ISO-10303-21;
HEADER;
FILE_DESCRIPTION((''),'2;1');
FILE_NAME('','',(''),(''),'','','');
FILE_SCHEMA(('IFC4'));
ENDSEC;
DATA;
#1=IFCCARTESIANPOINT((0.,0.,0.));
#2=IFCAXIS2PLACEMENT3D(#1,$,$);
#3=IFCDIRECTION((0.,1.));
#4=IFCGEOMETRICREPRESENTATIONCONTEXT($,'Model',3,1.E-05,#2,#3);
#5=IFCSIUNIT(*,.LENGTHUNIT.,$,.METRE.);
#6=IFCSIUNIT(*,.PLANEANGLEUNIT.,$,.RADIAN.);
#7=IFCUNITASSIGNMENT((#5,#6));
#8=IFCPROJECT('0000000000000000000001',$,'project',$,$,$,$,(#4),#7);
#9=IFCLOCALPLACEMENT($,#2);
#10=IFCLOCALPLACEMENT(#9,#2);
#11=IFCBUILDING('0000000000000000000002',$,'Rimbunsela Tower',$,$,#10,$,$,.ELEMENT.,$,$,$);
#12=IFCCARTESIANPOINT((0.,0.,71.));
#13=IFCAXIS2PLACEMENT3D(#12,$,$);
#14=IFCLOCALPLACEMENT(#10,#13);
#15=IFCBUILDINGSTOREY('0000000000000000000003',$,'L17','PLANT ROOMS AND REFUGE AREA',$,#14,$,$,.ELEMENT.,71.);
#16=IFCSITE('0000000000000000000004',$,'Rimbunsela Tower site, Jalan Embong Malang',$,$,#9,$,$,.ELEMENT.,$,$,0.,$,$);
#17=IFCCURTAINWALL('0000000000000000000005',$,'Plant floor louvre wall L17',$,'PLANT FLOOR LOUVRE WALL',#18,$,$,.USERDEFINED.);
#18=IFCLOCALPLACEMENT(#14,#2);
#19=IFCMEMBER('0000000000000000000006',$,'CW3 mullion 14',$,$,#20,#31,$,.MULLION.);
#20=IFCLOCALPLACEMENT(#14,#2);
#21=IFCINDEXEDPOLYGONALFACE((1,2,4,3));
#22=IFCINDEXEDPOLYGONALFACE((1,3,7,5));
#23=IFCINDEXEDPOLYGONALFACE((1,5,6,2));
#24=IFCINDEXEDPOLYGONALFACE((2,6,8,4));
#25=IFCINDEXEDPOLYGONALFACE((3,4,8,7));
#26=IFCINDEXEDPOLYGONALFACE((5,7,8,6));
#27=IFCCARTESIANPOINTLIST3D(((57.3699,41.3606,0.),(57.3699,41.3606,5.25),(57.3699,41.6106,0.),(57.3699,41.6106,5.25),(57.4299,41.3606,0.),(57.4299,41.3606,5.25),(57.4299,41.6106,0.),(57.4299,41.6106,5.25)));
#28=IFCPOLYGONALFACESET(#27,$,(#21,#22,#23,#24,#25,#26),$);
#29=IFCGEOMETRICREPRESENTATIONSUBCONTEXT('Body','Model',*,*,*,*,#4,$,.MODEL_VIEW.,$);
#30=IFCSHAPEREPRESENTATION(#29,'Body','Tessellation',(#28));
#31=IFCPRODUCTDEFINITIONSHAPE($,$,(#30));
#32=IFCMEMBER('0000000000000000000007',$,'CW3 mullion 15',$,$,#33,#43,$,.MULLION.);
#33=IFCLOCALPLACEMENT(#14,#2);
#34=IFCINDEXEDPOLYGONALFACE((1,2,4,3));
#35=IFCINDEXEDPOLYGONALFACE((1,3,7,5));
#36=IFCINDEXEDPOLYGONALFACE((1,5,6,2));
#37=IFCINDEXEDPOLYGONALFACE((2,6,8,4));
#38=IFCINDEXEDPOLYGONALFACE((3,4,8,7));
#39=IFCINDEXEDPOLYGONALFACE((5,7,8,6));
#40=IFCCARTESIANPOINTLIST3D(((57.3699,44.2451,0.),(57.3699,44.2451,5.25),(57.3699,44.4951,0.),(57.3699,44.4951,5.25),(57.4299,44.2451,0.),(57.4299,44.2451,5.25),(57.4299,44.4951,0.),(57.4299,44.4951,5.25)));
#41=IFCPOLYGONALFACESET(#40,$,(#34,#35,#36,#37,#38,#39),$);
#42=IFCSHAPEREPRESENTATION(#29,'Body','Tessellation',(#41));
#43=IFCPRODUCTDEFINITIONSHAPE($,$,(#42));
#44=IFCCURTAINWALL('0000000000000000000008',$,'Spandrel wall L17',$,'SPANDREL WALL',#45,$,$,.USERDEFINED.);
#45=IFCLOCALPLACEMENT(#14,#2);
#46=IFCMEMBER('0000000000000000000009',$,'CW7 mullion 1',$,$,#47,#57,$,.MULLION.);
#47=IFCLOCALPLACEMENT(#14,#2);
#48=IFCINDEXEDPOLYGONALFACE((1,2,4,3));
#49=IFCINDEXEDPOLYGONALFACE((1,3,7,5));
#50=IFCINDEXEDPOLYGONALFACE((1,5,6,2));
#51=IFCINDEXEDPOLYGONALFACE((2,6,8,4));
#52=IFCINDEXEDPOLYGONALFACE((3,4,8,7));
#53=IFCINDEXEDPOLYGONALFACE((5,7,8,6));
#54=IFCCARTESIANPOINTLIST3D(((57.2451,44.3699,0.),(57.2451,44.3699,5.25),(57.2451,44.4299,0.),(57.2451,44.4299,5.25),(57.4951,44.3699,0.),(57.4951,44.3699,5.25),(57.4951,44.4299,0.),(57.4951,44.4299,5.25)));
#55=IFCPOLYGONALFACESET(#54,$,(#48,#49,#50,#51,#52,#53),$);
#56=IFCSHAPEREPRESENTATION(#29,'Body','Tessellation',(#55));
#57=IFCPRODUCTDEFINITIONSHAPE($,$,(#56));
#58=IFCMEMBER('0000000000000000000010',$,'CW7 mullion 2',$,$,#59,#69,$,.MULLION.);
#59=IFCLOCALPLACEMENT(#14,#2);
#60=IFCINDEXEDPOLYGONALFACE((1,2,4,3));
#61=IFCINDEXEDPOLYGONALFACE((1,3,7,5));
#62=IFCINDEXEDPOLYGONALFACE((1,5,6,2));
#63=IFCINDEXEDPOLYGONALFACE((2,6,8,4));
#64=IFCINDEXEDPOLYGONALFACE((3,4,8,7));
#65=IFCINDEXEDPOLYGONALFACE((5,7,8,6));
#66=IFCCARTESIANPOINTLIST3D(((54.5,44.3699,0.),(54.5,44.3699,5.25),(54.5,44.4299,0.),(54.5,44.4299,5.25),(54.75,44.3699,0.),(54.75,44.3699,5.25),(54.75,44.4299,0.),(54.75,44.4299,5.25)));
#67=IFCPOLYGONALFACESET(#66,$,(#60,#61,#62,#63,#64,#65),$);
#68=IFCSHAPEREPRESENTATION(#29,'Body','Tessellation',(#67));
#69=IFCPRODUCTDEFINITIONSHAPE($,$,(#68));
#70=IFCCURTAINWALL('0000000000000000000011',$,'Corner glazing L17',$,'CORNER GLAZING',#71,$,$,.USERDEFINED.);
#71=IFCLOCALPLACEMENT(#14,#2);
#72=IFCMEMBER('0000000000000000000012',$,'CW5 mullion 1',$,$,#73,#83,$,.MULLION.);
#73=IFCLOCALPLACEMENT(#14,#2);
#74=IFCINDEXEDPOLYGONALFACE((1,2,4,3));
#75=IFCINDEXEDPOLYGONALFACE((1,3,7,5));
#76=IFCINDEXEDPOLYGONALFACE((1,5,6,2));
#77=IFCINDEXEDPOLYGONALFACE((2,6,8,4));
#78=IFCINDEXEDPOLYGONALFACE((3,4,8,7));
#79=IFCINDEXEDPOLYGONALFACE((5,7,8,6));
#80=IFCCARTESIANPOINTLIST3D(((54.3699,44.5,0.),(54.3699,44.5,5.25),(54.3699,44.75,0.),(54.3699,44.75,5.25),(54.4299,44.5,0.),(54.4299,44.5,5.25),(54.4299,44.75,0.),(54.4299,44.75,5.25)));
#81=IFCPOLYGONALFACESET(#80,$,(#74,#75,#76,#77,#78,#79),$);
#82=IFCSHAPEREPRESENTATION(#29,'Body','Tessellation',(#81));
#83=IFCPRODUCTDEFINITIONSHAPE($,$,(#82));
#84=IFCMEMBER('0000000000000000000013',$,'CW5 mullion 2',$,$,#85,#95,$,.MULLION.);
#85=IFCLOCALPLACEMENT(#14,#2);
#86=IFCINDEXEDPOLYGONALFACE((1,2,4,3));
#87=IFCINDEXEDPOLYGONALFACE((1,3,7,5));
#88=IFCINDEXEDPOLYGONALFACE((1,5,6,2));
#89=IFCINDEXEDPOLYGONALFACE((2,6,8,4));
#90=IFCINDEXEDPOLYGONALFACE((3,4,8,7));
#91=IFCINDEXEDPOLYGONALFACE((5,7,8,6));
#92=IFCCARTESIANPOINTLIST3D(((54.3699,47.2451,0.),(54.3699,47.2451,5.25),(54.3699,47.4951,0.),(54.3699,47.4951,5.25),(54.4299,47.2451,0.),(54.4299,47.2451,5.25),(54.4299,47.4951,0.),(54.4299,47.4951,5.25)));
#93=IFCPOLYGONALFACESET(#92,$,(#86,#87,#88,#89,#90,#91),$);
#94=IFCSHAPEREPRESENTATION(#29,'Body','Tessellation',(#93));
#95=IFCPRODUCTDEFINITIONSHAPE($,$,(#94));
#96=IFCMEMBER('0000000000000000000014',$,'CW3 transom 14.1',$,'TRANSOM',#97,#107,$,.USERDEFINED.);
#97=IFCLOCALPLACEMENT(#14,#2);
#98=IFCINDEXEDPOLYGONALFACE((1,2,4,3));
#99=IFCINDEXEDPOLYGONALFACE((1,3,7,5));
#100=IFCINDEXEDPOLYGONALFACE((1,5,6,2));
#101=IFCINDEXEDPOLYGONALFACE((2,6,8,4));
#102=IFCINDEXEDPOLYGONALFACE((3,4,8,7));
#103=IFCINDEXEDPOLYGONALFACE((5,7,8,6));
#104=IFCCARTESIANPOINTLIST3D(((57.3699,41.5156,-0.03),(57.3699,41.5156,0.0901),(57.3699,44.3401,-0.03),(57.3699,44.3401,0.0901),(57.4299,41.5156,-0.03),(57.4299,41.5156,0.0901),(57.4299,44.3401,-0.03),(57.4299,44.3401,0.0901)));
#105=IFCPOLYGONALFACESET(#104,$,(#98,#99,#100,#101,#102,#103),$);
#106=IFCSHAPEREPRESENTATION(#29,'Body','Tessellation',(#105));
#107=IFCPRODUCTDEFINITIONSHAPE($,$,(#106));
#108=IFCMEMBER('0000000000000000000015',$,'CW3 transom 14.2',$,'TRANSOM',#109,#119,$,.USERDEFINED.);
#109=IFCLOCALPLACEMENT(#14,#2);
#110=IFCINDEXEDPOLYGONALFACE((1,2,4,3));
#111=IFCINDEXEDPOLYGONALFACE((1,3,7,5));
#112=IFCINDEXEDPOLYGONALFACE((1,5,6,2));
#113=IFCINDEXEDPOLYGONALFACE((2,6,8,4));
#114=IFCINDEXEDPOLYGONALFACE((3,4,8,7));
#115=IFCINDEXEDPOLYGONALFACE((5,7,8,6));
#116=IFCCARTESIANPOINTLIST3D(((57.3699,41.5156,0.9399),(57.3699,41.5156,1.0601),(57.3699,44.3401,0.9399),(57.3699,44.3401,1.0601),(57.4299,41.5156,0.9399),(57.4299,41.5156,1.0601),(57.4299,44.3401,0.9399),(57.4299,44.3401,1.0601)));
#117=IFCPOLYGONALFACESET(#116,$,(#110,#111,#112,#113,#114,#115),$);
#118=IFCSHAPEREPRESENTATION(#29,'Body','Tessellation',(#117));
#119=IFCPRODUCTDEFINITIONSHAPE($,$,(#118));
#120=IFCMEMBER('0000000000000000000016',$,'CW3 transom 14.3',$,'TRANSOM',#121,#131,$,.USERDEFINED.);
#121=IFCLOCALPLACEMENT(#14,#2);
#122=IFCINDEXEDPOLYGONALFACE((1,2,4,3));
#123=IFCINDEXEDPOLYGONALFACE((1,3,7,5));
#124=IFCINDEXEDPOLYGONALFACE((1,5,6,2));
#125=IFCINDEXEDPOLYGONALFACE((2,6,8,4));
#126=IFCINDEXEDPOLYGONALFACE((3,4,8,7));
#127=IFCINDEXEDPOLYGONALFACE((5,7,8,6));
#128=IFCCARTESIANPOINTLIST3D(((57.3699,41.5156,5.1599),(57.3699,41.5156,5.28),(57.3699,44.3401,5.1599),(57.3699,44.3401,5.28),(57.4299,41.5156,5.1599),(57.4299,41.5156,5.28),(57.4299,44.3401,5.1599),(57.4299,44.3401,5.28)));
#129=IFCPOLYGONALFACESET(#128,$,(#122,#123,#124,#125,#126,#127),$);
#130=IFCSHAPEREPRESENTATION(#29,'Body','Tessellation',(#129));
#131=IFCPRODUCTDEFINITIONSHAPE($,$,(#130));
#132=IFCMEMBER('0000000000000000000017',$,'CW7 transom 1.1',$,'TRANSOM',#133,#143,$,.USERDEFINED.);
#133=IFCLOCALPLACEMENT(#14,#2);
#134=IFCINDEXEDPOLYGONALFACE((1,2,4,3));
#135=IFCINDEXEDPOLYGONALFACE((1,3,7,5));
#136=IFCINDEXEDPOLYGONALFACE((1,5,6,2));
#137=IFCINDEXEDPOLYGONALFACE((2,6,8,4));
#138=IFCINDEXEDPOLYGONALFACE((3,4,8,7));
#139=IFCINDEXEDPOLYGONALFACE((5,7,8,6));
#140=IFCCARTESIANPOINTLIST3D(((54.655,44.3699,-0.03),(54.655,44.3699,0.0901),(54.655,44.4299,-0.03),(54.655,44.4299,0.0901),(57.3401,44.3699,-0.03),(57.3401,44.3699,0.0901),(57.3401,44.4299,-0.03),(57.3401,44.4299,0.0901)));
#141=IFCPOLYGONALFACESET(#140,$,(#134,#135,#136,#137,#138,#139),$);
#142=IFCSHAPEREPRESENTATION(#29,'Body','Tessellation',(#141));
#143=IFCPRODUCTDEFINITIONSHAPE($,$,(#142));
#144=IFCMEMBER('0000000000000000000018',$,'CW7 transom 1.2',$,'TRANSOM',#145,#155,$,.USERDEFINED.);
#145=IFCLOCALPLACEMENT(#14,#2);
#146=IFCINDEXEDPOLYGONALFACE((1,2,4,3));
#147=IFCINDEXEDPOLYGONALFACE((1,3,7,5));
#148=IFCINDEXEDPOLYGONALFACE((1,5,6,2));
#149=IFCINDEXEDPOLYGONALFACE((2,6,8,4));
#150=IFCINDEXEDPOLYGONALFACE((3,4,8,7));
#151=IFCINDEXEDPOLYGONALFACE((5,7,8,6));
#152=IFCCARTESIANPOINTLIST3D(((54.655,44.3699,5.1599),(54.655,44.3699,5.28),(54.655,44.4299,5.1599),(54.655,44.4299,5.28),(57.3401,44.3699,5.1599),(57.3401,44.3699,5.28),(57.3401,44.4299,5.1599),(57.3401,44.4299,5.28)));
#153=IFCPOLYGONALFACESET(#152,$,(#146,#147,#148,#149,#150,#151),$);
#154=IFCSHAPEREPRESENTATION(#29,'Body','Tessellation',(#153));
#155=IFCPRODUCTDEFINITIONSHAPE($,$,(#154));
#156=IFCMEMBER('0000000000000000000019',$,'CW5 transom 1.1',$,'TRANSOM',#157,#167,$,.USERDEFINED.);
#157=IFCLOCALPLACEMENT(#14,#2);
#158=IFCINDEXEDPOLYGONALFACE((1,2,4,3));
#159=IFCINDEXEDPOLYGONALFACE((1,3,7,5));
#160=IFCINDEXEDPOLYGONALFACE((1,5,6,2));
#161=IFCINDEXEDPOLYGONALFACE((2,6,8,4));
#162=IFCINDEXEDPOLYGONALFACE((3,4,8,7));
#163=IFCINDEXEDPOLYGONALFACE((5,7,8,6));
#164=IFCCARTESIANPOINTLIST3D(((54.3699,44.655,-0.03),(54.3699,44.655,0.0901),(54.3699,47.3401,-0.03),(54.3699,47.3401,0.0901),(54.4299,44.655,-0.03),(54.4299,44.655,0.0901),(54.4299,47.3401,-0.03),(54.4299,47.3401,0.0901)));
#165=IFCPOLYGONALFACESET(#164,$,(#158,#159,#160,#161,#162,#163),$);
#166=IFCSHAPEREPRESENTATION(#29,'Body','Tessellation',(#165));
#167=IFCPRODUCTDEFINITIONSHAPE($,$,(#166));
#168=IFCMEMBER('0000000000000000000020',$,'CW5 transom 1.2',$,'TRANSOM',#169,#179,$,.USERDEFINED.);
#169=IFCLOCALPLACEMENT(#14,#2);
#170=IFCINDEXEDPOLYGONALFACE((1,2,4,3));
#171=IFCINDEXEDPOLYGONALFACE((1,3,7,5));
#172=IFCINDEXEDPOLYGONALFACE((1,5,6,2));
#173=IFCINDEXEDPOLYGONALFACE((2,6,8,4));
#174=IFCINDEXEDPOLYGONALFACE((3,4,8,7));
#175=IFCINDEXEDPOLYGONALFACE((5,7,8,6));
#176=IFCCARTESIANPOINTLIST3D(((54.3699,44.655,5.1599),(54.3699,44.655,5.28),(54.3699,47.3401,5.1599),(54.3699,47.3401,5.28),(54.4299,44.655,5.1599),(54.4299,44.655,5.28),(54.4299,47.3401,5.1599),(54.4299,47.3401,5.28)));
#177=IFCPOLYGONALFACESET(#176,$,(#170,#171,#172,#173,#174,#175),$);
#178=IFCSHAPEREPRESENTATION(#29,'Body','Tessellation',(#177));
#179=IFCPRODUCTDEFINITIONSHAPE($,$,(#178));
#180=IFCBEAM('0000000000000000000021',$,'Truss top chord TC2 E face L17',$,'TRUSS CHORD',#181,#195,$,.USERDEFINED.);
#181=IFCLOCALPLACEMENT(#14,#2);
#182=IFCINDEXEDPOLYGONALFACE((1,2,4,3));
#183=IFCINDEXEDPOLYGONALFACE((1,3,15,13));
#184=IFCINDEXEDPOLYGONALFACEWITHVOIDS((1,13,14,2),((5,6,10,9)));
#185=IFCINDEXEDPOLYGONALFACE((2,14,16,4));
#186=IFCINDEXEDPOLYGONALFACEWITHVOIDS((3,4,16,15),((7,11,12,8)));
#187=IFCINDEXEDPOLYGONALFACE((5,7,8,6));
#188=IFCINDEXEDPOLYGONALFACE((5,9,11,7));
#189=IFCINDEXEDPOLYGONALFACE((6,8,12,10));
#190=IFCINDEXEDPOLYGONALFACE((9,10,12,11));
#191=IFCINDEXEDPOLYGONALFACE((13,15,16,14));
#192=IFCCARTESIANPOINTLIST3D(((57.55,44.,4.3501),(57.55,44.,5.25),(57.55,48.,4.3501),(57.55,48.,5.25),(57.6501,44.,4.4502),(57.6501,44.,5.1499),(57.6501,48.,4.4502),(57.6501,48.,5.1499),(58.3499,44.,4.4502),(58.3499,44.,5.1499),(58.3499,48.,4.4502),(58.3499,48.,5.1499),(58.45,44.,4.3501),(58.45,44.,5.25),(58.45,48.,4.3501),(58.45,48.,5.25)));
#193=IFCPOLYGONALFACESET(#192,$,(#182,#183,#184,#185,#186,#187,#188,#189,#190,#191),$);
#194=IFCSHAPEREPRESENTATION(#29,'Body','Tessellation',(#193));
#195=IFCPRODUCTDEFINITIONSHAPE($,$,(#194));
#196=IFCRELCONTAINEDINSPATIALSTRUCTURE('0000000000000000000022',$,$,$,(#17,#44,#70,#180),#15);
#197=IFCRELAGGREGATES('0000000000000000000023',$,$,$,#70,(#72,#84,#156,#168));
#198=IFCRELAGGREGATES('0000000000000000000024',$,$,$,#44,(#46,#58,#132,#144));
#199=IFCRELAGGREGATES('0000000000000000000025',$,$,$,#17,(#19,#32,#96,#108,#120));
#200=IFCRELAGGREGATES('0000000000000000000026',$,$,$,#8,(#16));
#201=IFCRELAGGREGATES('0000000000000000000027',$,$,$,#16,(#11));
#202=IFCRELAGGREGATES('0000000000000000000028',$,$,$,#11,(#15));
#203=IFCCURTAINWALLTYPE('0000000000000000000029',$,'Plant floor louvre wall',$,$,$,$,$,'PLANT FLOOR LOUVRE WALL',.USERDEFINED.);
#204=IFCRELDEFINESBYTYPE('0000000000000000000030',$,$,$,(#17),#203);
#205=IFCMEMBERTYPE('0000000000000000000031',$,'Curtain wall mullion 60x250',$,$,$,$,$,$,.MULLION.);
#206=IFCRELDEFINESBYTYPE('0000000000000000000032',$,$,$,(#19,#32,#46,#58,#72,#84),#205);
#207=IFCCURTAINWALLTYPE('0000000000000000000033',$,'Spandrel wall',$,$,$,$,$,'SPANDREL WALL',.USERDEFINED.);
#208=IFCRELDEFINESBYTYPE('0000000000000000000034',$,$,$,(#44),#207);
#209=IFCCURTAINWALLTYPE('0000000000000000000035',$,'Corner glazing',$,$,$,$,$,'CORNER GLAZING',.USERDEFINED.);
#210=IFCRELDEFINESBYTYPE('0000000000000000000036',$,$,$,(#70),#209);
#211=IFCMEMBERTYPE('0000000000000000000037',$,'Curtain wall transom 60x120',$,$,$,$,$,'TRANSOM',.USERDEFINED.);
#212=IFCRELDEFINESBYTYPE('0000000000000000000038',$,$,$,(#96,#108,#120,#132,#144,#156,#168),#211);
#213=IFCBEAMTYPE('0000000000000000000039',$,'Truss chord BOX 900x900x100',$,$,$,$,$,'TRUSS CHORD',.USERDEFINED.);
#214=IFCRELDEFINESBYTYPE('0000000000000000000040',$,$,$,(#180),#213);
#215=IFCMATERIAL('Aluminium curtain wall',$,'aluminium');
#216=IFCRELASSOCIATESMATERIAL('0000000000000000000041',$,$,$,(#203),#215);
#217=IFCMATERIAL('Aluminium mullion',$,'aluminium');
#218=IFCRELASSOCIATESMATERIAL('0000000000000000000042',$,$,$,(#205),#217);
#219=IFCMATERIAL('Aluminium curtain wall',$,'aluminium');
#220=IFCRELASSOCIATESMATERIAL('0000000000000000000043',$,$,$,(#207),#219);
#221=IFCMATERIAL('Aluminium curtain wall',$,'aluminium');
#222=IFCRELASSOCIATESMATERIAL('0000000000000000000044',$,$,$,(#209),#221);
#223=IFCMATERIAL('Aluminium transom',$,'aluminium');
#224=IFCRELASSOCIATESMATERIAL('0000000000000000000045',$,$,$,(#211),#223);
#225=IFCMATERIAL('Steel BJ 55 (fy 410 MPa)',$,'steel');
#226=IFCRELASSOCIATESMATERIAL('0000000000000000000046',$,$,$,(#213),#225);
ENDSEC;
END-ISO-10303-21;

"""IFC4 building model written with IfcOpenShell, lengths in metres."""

from ifc_helpers import new_model, si_unit, direction, frame, origin, origin_2d, place, context, subcontext, project, spatial, rectangle, hollow_rectangle, extrude, material, material_profile, profile_set, type_object, element, aggregate, save


model = new_model("IFC4")

# Units and contexts
model_context = context("Model", 3, precision=1e-05, world=origin(), true_north=direction((0.0, 1.0)))
body_context = subcontext(model_context, "Body", "Model", "MODEL_VIEW")
ifc_project = project(units=[si_unit("LENGTHUNIT", "METRE"), si_unit("PLANEANGLEUNIT", "RADIAN")], contexts=[model_context])

# Site, building, storey
site_placement = place(None, origin())
site = spatial("IfcSite", under=ifc_project, at=site_placement, Name="Rimbunsela Tower site, Jalan Embong Malang", CompositionType="ELEMENT", RefElevation=0.0)
building_placement = place(site_placement, origin())
building = spatial("IfcBuilding", under=site, at=building_placement, Name="Rimbunsela Tower", CompositionType="ELEMENT")
storey_placement = place(building_placement, frame((0.0, 0.0, 71.0)))
storey = spatial("IfcBuildingStorey", under=building, at=storey_placement, Name="L17", Description="PLANT ROOMS AND REFUGE AREA", CompositionType="ELEMENT", Elevation=71.0)

# Curtain walls, members
ifc_material_1 = material(Name="Aluminium curtain wall", Category="aluminium")
curtain_wall_type_1 = type_object("IfcCurtainWallType", Name="Plant floor louvre wall", ElementType="PLANT FLOOR LOUVRE WALL", PredefinedType="USERDEFINED", material=ifc_material_1)
curtain_wall_1_placement = place(storey_placement, origin())
curtain_wall_1 = element("IfcCurtainWall", 1, at=curtain_wall_1_placement, inside=storey, type_object=curtain_wall_type_1, Name="Plant floor louvre wall L17", ObjectType="PLANT FLOOR LOUVRE WALL", PredefinedType="USERDEFINED")
ifc_material_2 = material(Name="Aluminium mullion", Category="aluminium")
ifc_material_profile_1 = material_profile(ifc_material_2, rectangle(XDim=0.0601, YDim=0.25, at=origin_2d()), Name="Mullion 60x250")
ifc_profile_set_1 = profile_set([ifc_material_profile_1], Name="Aluminium mullion")
member_type_1 = type_object("IfcMemberType", Name="Curtain wall mullion 60x250", PredefinedType="MULLION", material=ifc_profile_set_1)
member_1_placement = place(storey_placement, frame((57.3999, 41.4856, 0.0), z_axis=(0.0, 0.0, 1.0), x_axis=(-1.0, 0.0, 0.0)))
member_1 = element("IfcMember", 2, at=member_1_placement, type_object=member_type_1, Name="CW3 mullion 14", PredefinedType="MULLION", context=body_context, shape_type="SweptSolid", body=[
    extrude(rectangle(XDim=0.0601, YDim=0.25, at=origin_2d()), origin(), (0.0, 0.0, 1.0), 5.25),
])
member_2_placement = place(storey_placement, frame((57.3999, 44.3701, 0.0), z_axis=(0.0, 0.0, 1.0), x_axis=(-1.0, 0.0, 0.0)))
member_2 = element("IfcMember", 3, at=member_2_placement, type_object=member_type_1, Name="CW3 mullion 15", PredefinedType="MULLION", context=body_context, shape_type="SweptSolid", body=[
    extrude(rectangle(XDim=0.0601, YDim=0.25, at=origin_2d()), origin(), (0.0, 0.0, 1.0), 5.25),
])
ifc_material_3 = material(Name="Aluminium curtain wall", Category="aluminium")
curtain_wall_type_2 = type_object("IfcCurtainWallType", Name="Spandrel wall", ElementType="SPANDREL WALL", PredefinedType="USERDEFINED", material=ifc_material_3)
curtain_wall_2_placement = place(storey_placement, origin())
curtain_wall_2 = element("IfcCurtainWall", 4, at=curtain_wall_2_placement, inside=storey, type_object=curtain_wall_type_2, Name="Spandrel wall L17", ObjectType="SPANDREL WALL", PredefinedType="USERDEFINED")
member_3_placement = place(storey_placement, frame((57.3701, 44.3999, 0.0), z_axis=(0.0, 0.0, 1.0), x_axis=(0.0, -1.0, 0.0)))
member_3 = element("IfcMember", 5, at=member_3_placement, type_object=member_type_1, Name="CW7 mullion 1", PredefinedType="MULLION", context=body_context, shape_type="SweptSolid", body=[
    extrude(rectangle(XDim=0.0601, YDim=0.25, at=origin_2d()), origin(), (0.0, 0.0, 1.0), 5.25),
])
member_4_placement = place(storey_placement, frame((54.625, 44.3999, 0.0), z_axis=(0.0, 0.0, 1.0), x_axis=(0.0, -1.0, 0.0)))
member_4 = element("IfcMember", 6, at=member_4_placement, type_object=member_type_1, Name="CW7 mullion 2", PredefinedType="MULLION", context=body_context, shape_type="SweptSolid", body=[
    extrude(rectangle(XDim=0.0601, YDim=0.25, at=origin_2d()), origin(), (0.0, 0.0, 1.0), 5.25),
])
ifc_material_4 = material(Name="Aluminium curtain wall", Category="aluminium")
curtain_wall_type_3 = type_object("IfcCurtainWallType", Name="Corner glazing", ElementType="CORNER GLAZING", PredefinedType="USERDEFINED", material=ifc_material_4)
curtain_wall_3_placement = place(storey_placement, origin())
curtain_wall_3 = element("IfcCurtainWall", 7, at=curtain_wall_3_placement, inside=storey, type_object=curtain_wall_type_3, Name="Corner glazing L17", ObjectType="CORNER GLAZING", PredefinedType="USERDEFINED")
member_5_placement = place(storey_placement, frame((54.3999, 44.625, 0.0), z_axis=(0.0, 0.0, 1.0), x_axis=(-1.0, 0.0, 0.0)))
member_5 = element("IfcMember", 8, at=member_5_placement, type_object=member_type_1, Name="CW5 mullion 1", PredefinedType="MULLION", context=body_context, shape_type="SweptSolid", body=[
    extrude(rectangle(XDim=0.0601, YDim=0.25, at=origin_2d()), origin(), (0.0, 0.0, 1.0), 5.25),
])
member_6_placement = place(storey_placement, frame((54.3999, 47.3701, 0.0), z_axis=(0.0, 0.0, 1.0), x_axis=(-1.0, 0.0, 0.0)))
member_6 = element("IfcMember", 9, at=member_6_placement, type_object=member_type_1, Name="CW5 mullion 2", PredefinedType="MULLION", context=body_context, shape_type="SweptSolid", body=[
    extrude(rectangle(XDim=0.0601, YDim=0.25, at=origin_2d()), origin(), (0.0, 0.0, 1.0), 5.25),
])

# Members
ifc_material_5 = material(Name="Aluminium transom", Category="aluminium")
ifc_material_profile_2 = material_profile(ifc_material_5, rectangle(XDim=0.0601, YDim=0.1201, at=origin_2d()), Name="Transom 60x120")
ifc_profile_set_2 = profile_set([ifc_material_profile_2], Name="Aluminium transom")
member_type_2 = type_object("IfcMemberType", Name="Curtain wall transom 60x120", ElementType="TRANSOM", PredefinedType="USERDEFINED", material=ifc_profile_set_2)
member_7_placement = place(storey_placement, frame((57.3999, 41.5156, 0.03), z_axis=(0.0, 1.0, 0.0), x_axis=(-1.0, 0.0, 0.0)))
member_7 = element("IfcMember", 10, at=member_7_placement, type_object=member_type_2, Name="CW3 transom 14.1", ObjectType="TRANSOM", PredefinedType="USERDEFINED", context=body_context, shape_type="SweptSolid", body=[
    extrude(rectangle(XDim=0.0601, YDim=0.1201, at=origin_2d()), origin(), (0.0, 0.0, 1.0), 2.8245),
])
member_8_placement = place(storey_placement, frame((57.3999, 41.5156, 1.0), z_axis=(0.0, 1.0, 0.0), x_axis=(-1.0, 0.0, 0.0)))
member_8 = element("IfcMember", 11, at=member_8_placement, type_object=member_type_2, Name="CW3 transom 14.2", ObjectType="TRANSOM", PredefinedType="USERDEFINED", context=body_context, shape_type="SweptSolid", body=[
    extrude(rectangle(XDim=0.0601, YDim=0.1201, at=origin_2d()), origin(), (0.0, 0.0, 1.0), 2.8245),
])
member_9_placement = place(storey_placement, frame((57.3999, 41.5156, 5.22), z_axis=(0.0, 1.0, 0.0), x_axis=(-1.0, 0.0, 0.0)))
member_9 = element("IfcMember", 12, at=member_9_placement, type_object=member_type_2, Name="CW3 transom 14.3", ObjectType="TRANSOM", PredefinedType="USERDEFINED", context=body_context, shape_type="SweptSolid", body=[
    extrude(rectangle(XDim=0.0601, YDim=0.1201, at=origin_2d()), origin(), (0.0, 0.0, 1.0), 2.8245),
])
member_10_placement = place(storey_placement, frame((57.3401, 44.3999, 0.03), z_axis=(-1.0, 0.0, 0.0), x_axis=(0.0, -1.0, 0.0)))
member_10 = element("IfcMember", 13, at=member_10_placement, type_object=member_type_2, Name="CW7 transom 1.1", ObjectType="TRANSOM", PredefinedType="USERDEFINED", context=body_context, shape_type="SweptSolid", body=[
    extrude(rectangle(XDim=0.0601, YDim=0.1201, at=origin_2d()), origin(), (0.0, 0.0, 1.0), 2.6851),
])
member_11_placement = place(storey_placement, frame((57.3401, 44.3999, 5.22), z_axis=(-1.0, 0.0, 0.0), x_axis=(0.0, -1.0, 0.0)))
member_11 = element("IfcMember", 14, at=member_11_placement, type_object=member_type_2, Name="CW7 transom 1.2", ObjectType="TRANSOM", PredefinedType="USERDEFINED", context=body_context, shape_type="SweptSolid", body=[
    extrude(rectangle(XDim=0.0601, YDim=0.1201, at=origin_2d()), origin(), (0.0, 0.0, 1.0), 2.6851),
])
member_12_placement = place(storey_placement, frame((54.3999, 44.655, 0.03), z_axis=(0.0, 1.0, 0.0), x_axis=(-1.0, 0.0, 0.0)))
member_12 = element("IfcMember", 15, at=member_12_placement, type_object=member_type_2, Name="CW5 transom 1.1", ObjectType="TRANSOM", PredefinedType="USERDEFINED", context=body_context, shape_type="SweptSolid", body=[
    extrude(rectangle(XDim=0.0601, YDim=0.1201, at=origin_2d()), origin(), (0.0, 0.0, 1.0), 2.6851),
])
member_13_placement = place(storey_placement, frame((54.3999, 44.655, 5.22), z_axis=(0.0, 1.0, 0.0), x_axis=(-1.0, 0.0, 0.0)))
member_13 = element("IfcMember", 16, at=member_13_placement, type_object=member_type_2, Name="CW5 transom 1.2", ObjectType="TRANSOM", PredefinedType="USERDEFINED", context=body_context, shape_type="SweptSolid", body=[
    extrude(rectangle(XDim=0.0601, YDim=0.1201, at=origin_2d()), origin(), (0.0, 0.0, 1.0), 2.6851),
])

# Beam
ifc_material_6 = material(Name="Steel BJ 55 (fy 410 MPa)", Category="steel")
ifc_material_profile_3 = material_profile(ifc_material_6, hollow_rectangle(XDim=0.8999, YDim=0.8999, WallThickness=0.1001, at=origin_2d()), Name="BOX 900x900x100")
ifc_profile_set_3 = profile_set([ifc_material_profile_3], Name="Steel BJ 55 (fy 410 MPa)")
beam_type = type_object("IfcBeamType", Name="Truss chord BOX 900x900x100", ElementType="TRUSS CHORD", PredefinedType="USERDEFINED", material=ifc_profile_set_3)
for number, where, z_axis, x_axis, name in (
    (17, (58.0, 44.0, 4.8), (0.0, 1.0, 0.0), (-1.0, 0.0, 0.0), "Truss top chord TC2 E face L17"),
):
    element("IfcBeam", number, at=place(storey_placement, frame(where, z_axis=z_axis, x_axis=x_axis)), inside=storey, type_object=beam_type, Name=name, ObjectType="TRUSS CHORD", PredefinedType="USERDEFINED", context=body_context, shape_type="SweptSolid", body=[
        extrude(hollow_rectangle(XDim=0.8999, YDim=0.8999, WallThickness=0.1001, at=origin_2d()), origin(), (0.0, 0.0, 1.0), 4.0),
    ])

aggregate(curtain_wall_3, [member_5, member_6, member_12, member_13])
aggregate(curtain_wall_2, [member_3, member_4, member_10, member_11])
aggregate(curtain_wall_1, [member_1, member_2, member_7, member_8, member_9])

save(model, "model.ifc")
